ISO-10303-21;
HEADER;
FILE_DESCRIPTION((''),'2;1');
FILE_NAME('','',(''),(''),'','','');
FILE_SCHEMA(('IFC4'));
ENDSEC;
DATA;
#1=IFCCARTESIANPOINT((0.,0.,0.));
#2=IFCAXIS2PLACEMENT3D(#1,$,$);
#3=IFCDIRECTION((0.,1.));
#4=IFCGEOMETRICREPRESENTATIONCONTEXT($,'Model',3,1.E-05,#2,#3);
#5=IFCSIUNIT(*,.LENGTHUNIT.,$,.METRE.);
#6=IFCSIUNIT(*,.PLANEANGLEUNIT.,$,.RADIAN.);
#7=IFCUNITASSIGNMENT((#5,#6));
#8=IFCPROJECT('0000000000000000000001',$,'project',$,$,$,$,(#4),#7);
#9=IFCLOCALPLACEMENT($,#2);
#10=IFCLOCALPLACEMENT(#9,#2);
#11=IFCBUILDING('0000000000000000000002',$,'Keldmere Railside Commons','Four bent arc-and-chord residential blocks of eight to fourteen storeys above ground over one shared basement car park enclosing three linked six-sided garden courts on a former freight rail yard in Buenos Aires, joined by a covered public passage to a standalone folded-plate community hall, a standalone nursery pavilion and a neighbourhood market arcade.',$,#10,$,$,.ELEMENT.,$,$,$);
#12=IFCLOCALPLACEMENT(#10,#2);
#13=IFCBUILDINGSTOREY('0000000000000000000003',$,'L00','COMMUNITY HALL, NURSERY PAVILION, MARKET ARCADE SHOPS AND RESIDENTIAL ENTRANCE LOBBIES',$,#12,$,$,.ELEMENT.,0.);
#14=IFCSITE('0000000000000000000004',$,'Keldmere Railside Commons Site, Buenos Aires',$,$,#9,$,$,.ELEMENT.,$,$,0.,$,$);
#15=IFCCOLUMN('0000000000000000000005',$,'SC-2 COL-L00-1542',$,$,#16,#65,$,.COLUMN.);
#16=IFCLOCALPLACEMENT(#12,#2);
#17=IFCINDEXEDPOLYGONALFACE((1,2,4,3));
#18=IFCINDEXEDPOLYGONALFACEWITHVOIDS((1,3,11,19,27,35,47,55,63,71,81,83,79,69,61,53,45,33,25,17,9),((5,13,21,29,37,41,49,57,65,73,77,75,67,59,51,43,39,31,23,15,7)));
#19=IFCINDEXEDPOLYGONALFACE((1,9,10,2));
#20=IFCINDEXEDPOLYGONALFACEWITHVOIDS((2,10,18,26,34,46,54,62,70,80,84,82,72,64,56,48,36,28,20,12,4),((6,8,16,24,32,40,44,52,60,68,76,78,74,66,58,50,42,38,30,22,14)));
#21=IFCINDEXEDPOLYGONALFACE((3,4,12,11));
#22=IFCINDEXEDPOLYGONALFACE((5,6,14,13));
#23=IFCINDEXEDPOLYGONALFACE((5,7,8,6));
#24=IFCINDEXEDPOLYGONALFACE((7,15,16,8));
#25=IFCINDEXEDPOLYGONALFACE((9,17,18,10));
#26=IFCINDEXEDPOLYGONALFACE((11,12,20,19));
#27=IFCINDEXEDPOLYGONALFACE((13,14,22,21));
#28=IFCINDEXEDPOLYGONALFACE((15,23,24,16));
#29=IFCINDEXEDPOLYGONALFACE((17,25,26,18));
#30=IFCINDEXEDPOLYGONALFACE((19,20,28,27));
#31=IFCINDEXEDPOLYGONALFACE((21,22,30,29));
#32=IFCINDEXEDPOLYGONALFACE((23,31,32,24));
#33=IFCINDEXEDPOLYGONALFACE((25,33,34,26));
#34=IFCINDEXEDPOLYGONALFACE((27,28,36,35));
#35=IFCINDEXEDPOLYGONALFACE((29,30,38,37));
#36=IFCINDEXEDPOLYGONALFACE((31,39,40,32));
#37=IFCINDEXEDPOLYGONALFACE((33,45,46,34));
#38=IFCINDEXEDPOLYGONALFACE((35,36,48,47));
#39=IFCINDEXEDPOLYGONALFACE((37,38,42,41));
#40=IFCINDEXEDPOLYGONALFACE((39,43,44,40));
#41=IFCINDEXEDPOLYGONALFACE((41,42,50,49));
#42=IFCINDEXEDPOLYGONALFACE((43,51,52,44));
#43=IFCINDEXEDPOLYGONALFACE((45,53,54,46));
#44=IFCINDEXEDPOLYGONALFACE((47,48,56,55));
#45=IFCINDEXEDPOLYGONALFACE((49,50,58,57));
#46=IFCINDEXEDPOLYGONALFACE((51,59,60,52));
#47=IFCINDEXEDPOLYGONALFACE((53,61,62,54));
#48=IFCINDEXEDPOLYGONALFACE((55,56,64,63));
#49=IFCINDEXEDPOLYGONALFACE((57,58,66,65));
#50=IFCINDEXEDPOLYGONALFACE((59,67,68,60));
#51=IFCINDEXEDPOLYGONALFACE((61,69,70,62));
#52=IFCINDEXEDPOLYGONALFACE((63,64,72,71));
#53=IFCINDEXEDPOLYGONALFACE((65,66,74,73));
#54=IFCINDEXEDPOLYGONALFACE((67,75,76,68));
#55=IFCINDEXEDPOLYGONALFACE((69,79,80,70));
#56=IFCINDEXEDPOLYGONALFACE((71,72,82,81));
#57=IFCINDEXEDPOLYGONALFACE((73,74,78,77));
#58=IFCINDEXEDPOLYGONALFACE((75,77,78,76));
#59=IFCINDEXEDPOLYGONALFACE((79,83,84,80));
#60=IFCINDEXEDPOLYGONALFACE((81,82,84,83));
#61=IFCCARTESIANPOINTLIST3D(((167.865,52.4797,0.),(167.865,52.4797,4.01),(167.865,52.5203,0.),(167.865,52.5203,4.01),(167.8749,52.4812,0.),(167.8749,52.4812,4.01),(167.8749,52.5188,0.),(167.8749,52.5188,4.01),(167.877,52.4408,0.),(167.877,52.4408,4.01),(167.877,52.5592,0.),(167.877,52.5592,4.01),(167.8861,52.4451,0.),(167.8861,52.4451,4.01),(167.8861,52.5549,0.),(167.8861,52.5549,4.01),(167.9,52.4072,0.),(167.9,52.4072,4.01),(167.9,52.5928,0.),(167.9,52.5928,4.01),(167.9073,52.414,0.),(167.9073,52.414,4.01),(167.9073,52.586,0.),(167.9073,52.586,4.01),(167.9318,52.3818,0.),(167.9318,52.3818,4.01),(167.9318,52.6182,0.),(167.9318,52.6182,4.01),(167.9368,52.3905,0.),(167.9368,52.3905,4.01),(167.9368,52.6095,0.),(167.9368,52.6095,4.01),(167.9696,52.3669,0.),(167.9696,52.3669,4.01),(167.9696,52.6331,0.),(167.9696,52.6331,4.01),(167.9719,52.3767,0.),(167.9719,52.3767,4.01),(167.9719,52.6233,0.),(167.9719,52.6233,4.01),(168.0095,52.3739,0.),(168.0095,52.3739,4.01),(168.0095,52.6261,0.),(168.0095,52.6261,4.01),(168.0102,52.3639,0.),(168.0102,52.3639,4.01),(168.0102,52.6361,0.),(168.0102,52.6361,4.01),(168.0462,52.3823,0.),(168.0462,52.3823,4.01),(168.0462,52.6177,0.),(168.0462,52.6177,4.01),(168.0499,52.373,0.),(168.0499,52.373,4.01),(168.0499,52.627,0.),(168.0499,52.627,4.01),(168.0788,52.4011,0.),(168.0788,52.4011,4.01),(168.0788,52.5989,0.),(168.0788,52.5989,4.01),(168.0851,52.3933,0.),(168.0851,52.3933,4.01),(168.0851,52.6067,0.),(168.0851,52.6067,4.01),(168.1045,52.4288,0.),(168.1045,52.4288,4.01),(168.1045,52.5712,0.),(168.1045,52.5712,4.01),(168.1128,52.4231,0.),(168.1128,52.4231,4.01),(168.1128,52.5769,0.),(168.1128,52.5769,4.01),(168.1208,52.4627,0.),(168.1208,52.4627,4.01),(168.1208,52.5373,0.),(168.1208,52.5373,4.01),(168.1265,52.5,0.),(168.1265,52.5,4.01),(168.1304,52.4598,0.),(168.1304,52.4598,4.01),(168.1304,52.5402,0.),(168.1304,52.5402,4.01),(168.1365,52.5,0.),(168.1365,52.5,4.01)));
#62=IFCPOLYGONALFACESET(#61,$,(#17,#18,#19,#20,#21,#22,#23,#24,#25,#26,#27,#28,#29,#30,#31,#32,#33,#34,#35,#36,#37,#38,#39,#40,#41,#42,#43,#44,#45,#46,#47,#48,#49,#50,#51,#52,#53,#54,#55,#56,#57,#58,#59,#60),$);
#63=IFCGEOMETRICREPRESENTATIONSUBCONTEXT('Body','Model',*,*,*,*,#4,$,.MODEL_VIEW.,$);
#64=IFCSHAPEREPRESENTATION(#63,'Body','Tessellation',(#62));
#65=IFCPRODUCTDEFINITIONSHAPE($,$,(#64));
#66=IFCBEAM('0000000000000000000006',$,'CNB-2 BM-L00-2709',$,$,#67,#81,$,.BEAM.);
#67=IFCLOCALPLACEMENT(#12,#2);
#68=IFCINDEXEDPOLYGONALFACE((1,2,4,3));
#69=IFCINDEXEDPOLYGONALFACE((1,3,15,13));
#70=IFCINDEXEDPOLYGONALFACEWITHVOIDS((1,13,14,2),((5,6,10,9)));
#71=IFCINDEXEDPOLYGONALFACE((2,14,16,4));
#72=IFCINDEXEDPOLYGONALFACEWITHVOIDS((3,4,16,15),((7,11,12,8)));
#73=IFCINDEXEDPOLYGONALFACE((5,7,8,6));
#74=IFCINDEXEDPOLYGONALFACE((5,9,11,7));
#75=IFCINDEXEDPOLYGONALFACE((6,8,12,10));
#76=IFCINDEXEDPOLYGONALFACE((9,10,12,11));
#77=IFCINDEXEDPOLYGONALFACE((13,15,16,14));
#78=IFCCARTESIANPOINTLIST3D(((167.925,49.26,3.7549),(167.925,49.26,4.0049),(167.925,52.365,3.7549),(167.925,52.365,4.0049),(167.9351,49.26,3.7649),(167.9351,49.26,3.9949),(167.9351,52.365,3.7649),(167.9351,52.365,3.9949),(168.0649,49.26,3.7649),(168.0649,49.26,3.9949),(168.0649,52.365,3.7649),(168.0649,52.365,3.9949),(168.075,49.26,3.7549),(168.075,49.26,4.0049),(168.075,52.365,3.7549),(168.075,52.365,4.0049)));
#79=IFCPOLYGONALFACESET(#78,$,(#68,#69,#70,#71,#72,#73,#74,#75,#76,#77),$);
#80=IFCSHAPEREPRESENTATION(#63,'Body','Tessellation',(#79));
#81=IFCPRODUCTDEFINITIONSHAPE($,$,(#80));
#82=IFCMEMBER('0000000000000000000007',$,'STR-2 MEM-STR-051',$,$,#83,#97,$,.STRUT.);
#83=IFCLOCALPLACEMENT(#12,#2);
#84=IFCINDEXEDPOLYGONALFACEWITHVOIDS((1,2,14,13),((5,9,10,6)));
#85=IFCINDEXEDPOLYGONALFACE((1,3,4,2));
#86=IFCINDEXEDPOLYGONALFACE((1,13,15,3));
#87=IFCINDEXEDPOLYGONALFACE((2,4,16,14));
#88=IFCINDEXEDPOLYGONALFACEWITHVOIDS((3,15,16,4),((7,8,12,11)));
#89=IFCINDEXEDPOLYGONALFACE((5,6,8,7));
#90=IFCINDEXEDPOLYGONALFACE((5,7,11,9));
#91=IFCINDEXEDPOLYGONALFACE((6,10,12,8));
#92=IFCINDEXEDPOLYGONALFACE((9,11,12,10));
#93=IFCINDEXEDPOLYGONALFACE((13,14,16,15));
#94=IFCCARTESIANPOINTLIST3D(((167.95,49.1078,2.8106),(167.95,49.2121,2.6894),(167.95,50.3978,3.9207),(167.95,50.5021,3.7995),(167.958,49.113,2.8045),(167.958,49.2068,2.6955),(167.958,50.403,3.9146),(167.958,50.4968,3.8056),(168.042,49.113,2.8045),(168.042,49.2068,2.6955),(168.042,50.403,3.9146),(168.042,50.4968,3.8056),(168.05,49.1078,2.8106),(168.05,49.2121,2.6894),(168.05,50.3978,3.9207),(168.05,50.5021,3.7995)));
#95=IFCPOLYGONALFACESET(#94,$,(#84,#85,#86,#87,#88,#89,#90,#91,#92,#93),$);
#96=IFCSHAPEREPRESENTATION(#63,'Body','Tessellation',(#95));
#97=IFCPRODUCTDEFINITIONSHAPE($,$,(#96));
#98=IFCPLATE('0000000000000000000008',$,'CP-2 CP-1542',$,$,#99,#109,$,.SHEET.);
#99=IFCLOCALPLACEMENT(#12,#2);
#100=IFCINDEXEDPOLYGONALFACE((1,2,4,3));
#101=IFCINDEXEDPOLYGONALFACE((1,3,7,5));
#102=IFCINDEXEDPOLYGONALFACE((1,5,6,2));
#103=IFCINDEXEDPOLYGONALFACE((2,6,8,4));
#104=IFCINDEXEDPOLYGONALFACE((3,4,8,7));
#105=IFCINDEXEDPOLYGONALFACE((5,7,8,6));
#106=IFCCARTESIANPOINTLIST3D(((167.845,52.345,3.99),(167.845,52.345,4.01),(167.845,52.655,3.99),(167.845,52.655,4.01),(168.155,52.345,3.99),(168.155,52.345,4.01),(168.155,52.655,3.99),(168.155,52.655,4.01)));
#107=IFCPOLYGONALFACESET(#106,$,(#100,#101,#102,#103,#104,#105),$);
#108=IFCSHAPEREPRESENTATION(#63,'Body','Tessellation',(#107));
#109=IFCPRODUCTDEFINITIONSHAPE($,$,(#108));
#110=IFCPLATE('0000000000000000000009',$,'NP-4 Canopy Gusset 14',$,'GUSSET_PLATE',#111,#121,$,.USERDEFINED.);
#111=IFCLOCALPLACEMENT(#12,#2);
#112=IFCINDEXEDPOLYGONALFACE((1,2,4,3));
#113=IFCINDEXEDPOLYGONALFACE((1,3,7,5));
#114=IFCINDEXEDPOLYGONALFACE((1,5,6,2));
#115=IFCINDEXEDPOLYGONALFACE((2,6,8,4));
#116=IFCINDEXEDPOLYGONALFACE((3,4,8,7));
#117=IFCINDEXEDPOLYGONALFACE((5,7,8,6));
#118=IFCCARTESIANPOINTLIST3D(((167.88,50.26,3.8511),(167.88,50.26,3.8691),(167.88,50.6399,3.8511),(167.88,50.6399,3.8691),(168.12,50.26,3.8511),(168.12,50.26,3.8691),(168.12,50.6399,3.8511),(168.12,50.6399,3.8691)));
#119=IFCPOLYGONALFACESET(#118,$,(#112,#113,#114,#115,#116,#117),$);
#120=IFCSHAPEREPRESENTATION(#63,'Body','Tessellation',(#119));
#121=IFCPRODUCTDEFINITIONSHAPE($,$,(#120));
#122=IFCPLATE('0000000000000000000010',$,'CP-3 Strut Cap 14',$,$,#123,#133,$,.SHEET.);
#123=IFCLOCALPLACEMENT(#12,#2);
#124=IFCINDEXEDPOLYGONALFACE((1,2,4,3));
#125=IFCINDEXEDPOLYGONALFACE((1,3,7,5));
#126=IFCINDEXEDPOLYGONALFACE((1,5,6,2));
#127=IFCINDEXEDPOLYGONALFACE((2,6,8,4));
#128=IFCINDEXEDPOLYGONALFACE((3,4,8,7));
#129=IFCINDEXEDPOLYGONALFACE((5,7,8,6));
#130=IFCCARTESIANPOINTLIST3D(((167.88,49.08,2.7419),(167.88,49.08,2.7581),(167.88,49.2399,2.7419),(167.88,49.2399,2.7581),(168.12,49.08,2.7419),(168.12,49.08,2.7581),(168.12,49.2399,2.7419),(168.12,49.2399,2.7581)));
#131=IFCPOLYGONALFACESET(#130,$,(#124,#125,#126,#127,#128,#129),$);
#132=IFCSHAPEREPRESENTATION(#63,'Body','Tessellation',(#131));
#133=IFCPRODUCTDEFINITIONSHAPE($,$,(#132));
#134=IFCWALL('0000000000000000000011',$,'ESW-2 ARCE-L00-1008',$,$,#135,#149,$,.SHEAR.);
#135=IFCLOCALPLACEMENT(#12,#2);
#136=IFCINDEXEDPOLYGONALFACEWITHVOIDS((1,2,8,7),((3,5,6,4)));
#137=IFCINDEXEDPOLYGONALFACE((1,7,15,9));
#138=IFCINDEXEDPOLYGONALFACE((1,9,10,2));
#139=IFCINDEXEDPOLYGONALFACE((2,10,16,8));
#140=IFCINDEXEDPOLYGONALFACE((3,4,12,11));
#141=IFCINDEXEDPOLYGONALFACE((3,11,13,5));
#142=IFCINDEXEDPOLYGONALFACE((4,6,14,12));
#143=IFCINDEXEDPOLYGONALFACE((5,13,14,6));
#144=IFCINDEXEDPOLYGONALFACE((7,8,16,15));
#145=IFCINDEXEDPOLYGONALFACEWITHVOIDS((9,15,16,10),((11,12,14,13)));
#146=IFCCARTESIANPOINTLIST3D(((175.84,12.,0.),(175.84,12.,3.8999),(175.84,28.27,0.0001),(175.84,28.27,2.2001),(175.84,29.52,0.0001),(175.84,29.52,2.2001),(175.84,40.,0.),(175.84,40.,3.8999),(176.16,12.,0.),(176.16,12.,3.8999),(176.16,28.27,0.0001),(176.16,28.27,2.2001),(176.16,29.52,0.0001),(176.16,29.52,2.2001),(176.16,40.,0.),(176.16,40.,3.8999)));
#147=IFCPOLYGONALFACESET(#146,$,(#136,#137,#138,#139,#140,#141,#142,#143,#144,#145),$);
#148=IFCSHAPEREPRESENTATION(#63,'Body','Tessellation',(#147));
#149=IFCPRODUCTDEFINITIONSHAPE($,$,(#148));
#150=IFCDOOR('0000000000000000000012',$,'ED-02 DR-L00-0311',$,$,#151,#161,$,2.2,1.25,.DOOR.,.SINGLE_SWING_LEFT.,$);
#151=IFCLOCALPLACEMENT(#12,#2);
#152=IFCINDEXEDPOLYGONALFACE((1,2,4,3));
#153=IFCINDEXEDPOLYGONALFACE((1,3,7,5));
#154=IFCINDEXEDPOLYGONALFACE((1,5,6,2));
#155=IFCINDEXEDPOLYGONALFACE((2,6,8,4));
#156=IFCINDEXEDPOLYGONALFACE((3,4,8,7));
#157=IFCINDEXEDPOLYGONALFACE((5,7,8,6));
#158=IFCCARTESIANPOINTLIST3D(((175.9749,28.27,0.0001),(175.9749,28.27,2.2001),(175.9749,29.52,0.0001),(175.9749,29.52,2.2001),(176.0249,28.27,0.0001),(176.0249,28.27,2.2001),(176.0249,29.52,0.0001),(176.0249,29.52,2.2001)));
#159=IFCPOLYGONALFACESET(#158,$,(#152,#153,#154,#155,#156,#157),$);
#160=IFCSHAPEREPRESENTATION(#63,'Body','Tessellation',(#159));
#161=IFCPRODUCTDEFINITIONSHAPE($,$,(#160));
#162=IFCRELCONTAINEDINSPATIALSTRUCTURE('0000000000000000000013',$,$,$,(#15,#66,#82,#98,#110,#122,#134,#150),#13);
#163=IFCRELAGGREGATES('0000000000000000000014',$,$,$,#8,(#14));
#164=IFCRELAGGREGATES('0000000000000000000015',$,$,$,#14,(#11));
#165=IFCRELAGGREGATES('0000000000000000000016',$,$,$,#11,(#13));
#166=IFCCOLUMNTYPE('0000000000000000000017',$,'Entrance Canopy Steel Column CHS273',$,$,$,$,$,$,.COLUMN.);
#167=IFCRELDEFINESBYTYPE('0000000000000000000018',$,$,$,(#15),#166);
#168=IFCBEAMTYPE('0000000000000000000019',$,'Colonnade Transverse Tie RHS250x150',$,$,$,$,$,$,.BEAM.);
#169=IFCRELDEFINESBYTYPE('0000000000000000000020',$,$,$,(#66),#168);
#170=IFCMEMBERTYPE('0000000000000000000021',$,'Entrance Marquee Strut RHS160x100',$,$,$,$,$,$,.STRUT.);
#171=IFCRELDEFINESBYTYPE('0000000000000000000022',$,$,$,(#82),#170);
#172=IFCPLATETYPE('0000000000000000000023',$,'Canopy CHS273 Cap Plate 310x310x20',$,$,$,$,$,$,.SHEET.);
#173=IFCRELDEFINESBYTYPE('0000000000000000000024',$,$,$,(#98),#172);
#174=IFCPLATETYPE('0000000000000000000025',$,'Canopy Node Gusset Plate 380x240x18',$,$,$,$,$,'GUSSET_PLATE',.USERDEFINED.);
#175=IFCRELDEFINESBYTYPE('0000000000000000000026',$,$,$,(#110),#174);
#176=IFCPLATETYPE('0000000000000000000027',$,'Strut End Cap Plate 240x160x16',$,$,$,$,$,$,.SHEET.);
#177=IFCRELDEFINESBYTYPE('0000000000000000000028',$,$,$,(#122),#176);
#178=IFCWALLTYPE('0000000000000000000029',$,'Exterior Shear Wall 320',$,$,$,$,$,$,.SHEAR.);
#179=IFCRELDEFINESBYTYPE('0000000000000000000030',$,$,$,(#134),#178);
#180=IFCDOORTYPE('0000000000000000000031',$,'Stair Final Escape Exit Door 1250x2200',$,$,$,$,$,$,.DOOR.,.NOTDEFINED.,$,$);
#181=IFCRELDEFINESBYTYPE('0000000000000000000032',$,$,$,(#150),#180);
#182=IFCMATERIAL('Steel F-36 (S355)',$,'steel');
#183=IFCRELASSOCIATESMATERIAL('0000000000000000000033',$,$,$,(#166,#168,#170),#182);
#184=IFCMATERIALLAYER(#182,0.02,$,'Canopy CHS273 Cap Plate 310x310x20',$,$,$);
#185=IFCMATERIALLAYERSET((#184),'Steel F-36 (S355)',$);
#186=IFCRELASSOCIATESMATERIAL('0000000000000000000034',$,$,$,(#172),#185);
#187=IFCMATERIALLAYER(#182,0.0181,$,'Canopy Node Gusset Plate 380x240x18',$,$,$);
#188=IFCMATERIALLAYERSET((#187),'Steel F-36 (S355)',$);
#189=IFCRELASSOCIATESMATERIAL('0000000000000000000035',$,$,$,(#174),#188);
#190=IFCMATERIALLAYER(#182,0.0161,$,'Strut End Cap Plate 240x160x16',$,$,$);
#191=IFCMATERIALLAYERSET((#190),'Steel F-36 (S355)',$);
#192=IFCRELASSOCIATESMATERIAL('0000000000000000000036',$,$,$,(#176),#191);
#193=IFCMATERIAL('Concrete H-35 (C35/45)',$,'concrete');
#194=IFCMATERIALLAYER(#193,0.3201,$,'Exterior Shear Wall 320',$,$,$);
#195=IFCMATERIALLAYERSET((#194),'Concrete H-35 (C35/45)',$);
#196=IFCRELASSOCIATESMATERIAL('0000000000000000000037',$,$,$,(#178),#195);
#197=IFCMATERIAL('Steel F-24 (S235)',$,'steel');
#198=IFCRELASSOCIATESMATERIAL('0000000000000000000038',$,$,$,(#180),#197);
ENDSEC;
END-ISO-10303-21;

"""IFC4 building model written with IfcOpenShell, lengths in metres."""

from ifc_helpers import new_model, si_unit, direction, frame, frame_2d, origin, origin_2d, place, context, subcontext, project, spatial, rectangle, hollow_rectangle, hollow_circle, extrude, material, layer, layer_set, material_profile, profile_set, type_object, element, fill, save


model = new_model("IFC4")

# Units and contexts
model_context = context("Model", 3, precision=1e-05, world=origin(), true_north=direction((0.0, 1.0)))
body_context = subcontext(model_context, "Body", "Model", "MODEL_VIEW")
ifc_project = project(units=[si_unit("LENGTHUNIT", "METRE"), si_unit("PLANEANGLEUNIT", "RADIAN")], contexts=[model_context])

# Site, building, storey
site_placement = place(None, origin())
site = spatial("IfcSite", under=ifc_project, at=site_placement, Name="Keldmere Railside Commons Site, Buenos Aires", CompositionType="ELEMENT", RefElevation=0.0)
building_placement = place(site_placement, origin())
building = spatial("IfcBuilding", under=site, at=building_placement, Name="Keldmere Railside Commons", Description="Four bent arc-and-chord residential blocks of eight to fourteen storeys above ground over one shared basement car park enclosing three linked six-sided garden courts on a former freight rail yard in Buenos Aires, joined by a covered public passage to a standalone folded-plate community hall, a standalone nursery pavilion and a neighbourhood market arcade.", CompositionType="ELEMENT")
storey_placement = place(building_placement, origin())
storey = spatial("IfcBuildingStorey", under=building, at=storey_placement, Name="L00", Description="COMMUNITY HALL, NURSERY PAVILION, MARKET ARCADE SHOPS AND RESIDENTIAL ENTRANCE LOBBIES", CompositionType="ELEMENT", Elevation=0.0)

# Column
ifc_material_1 = material(Name="Steel F-36 (S355)", Category="steel")
ifc_material_profile_1 = material_profile(ifc_material_1, hollow_circle(Radius=0.1365, WallThickness=0.01, at=origin_2d()), Name="CHS-273x10")
ifc_profile_set_1 = profile_set([ifc_material_profile_1], Name="Steel F-36 (S355)")
column_type = type_object("IfcColumnType", Name="Entrance Canopy Steel Column CHS273", PredefinedType="COLUMN", material=ifc_profile_set_1)
column_placement = place(storey_placement, frame((168.0, 52.5, 0.0), z_axis=(0.0, 0.0, 1.0), x_axis=(1.0, 0.0, 0.0)))
element("IfcColumn", 1, at=column_placement, inside=storey, type_object=column_type, Name="SC-2 COL-L00-1542", PredefinedType="COLUMN", context=body_context, shape_type="SweptSolid", body=[
    extrude(hollow_circle(Radius=0.1365, WallThickness=0.01, at=origin_2d()), origin(), (0.0, 0.0, 1.0), 4.01),
])

# Beam
ifc_material_profile_2 = material_profile(ifc_material_1, hollow_rectangle(XDim=0.1499, YDim=0.25, WallThickness=0.01, at=origin_2d()), Name="RHS-250x150x10")
ifc_profile_set_2 = profile_set([ifc_material_profile_2], Name="Steel F-36 (S355)")
beam_type = type_object("IfcBeamType", Name="Colonnade Transverse Tie RHS250x150", PredefinedType="BEAM", material=ifc_profile_set_2)
beam_placement = place(storey_placement, frame((168.0, 49.26, 3.8799), z_axis=(0.0, 1.0, 0.0), x_axis=(-1.0, 0.0, 0.0)))
element("IfcBeam", 2, at=beam_placement, inside=storey, type_object=beam_type, Name="CNB-2 BM-L00-2709", PredefinedType="BEAM", context=body_context, shape_type="SweptSolid", body=[
    extrude(hollow_rectangle(XDim=0.1499, YDim=0.25, WallThickness=0.01, at=origin_2d()), origin(), (0.0, 0.0, 1.0), 3.105),
])

# Member
ifc_material_profile_3 = material_profile(ifc_material_1, hollow_rectangle(XDim=0.1001, YDim=0.1599, WallThickness=0.0081, at=origin_2d()), Name="RHS-160x100x8")
ifc_profile_set_3 = profile_set([ifc_material_profile_3], Name="Steel F-36 (S355)")
member_type = type_object("IfcMemberType", Name="Entrance Marquee Strut RHS160x100", PredefinedType="STRUT", material=ifc_profile_set_3)
member_placement = place(storey_placement, frame((168.0, 49.1599, 2.75), z_axis=(0.0, 0.757989, 0.652267), x_axis=(-1.0, 0.0, 0.0)))
element("IfcMember", 3, at=member_placement, inside=storey, type_object=member_type, Name="STR-2 MEM-STR-051", PredefinedType="STRUT", context=body_context, shape_type="SweptSolid", body=[
    extrude(hollow_rectangle(XDim=0.1001, YDim=0.1599, WallThickness=0.0081, at=origin_2d()), origin(), (0.0, 0.0, 1.0), 1.7019),
])

# Plates
ifc_layer_1 = layer(ifc_material_1, 0.02, Name="Canopy CHS273 Cap Plate 310x310x20")
ifc_layer_set_1 = layer_set([ifc_layer_1], Name="Steel F-36 (S355)")
plate_type_1 = type_object("IfcPlateType", Name="Canopy CHS273 Cap Plate 310x310x20", PredefinedType="SHEET", material=ifc_layer_set_1)
plate_1_placement = place(storey_placement, frame((168.0, 52.5, 3.99), z_axis=(0.0, 0.0, 1.0), x_axis=(1.0, 0.0, 0.0)))
element("IfcPlate", 4, at=plate_1_placement, inside=storey, type_object=plate_type_1, Name="CP-2 CP-1542", PredefinedType="SHEET", context=body_context, shape_type="SweptSolid", body=[
    extrude(rectangle(XDim=0.3101, YDim=0.3101, at=origin_2d()), origin(), (0.0, 0.0, 1.0), 0.02),
])
ifc_layer_2 = layer(ifc_material_1, 0.0181, Name="Canopy Node Gusset Plate 380x240x18")
ifc_layer_set_2 = layer_set([ifc_layer_2], Name="Steel F-36 (S355)")
plate_type_2 = type_object("IfcPlateType", Name="Canopy Node Gusset Plate 380x240x18", ElementType="GUSSET_PLATE", PredefinedType="USERDEFINED", material=ifc_layer_set_2)
plate_2_placement = place(storey_placement, frame((168.0, 50.45, 3.8511), z_axis=(0.0, 0.0, 1.0), x_axis=(0.0, 1.0, 0.0)))
element("IfcPlate", 5, at=plate_2_placement, inside=storey, type_object=plate_type_2, Name="NP-4 Canopy Gusset 14", ObjectType="GUSSET_PLATE", PredefinedType="USERDEFINED", context=body_context, shape_type="SweptSolid", body=[
    extrude(rectangle(XDim=0.3799, YDim=0.24, at=origin_2d()), origin(), (0.0, 0.0, 1.0), 0.0181),
])
ifc_layer_3 = layer(ifc_material_1, 0.0161, Name="Strut End Cap Plate 240x160x16")
ifc_layer_set_3 = layer_set([ifc_layer_3], Name="Steel F-36 (S355)")
plate_type_3 = type_object("IfcPlateType", Name="Strut End Cap Plate 240x160x16", PredefinedType="SHEET", material=ifc_layer_set_3)
plate_3_placement = place(storey_placement, frame((168.0, 49.1599, 2.7419), z_axis=(0.0, 0.0, 1.0), x_axis=(1.0, 0.0, 0.0)))
element("IfcPlate", 6, at=plate_3_placement, inside=storey, type_object=plate_type_3, Name="CP-3 Strut Cap 14", PredefinedType="SHEET", context=body_context, shape_type="SweptSolid", body=[
    extrude(rectangle(XDim=0.24, YDim=0.1599, at=origin_2d()), origin(), (0.0, 0.0, 1.0), 0.0161),
])

# Wall, opening, door
ifc_material_2 = material(Name="Concrete H-35 (C35/45)", Category="concrete")
ifc_layer_4 = layer(ifc_material_2, 0.3201, Name="Exterior Shear Wall 320")
ifc_layer_set_4 = layer_set([ifc_layer_4], Name="Concrete H-35 (C35/45)")
wall_type = type_object("IfcWallType", Name="Exterior Shear Wall 320", PredefinedType="SHEAR", material=ifc_layer_set_4)
wall_placement = place(storey_placement, frame((176.0, 40.0, 0.0), z_axis=(0.0, 0.0, 1.0), x_axis=(0.0, -1.0, 0.0)))
wall = element("IfcWall", 7, at=wall_placement, inside=storey, type_object=wall_type, Name="ESW-2 ARCE-L00-1008", PredefinedType="SHEAR", context=body_context, shape_type="SweptSolid", body=[
    extrude(rectangle(XDim=28.0, YDim=0.3201, at=frame_2d((14.0, 0.0))), origin(), (0.0, 0.0, 1.0), 3.8999),
])
opening_placement = place(wall_placement, frame((10.48, 0.0, 0.0)))
opening = element("IfcOpeningElement", 8, at=opening_placement, cuts=wall, PredefinedType="OPENING", context=body_context, shape_type="SweptSolid", body=[
    extrude(rectangle(XDim=1.25, YDim=2.2, at=frame_2d((0.625, 1.1001))), frame((0.0, 0.1699, 0.0), z_axis=(0.0, -1.0, 0.0), x_axis=(1.0, 0.0, 0.0)), (0.0, 0.0, 1.0), 0.3401),
])
ifc_material_3 = material(Name="Steel F-24 (S235)", Category="steel")
door_type = type_object("IfcDoorType", Name="Stair Final Escape Exit Door 1250x2200", OperationType="NOTDEFINED", PredefinedType="DOOR", material=ifc_material_3)
door_placement = place(opening_placement, origin())
door = element("IfcDoor", 9, at=door_placement, inside=storey, type_object=door_type, Name="ED-02 DR-L00-0311", OperationType="SINGLE_SWING_LEFT", OverallHeight=2.2, OverallWidth=1.25, PredefinedType="DOOR", context=body_context, shape_type="SweptSolid", body=[
    extrude(rectangle(XDim=1.25, YDim=2.2, at=frame_2d((0.625, 1.1001))), frame((0.0, 0.0249, 0.0), z_axis=(0.0, -1.0, 0.0), x_axis=(1.0, 0.0, 0.0)), (0.0, 0.0, 1.0), 0.05),
])
fill(opening, door)

save(model, "model.ifc")
